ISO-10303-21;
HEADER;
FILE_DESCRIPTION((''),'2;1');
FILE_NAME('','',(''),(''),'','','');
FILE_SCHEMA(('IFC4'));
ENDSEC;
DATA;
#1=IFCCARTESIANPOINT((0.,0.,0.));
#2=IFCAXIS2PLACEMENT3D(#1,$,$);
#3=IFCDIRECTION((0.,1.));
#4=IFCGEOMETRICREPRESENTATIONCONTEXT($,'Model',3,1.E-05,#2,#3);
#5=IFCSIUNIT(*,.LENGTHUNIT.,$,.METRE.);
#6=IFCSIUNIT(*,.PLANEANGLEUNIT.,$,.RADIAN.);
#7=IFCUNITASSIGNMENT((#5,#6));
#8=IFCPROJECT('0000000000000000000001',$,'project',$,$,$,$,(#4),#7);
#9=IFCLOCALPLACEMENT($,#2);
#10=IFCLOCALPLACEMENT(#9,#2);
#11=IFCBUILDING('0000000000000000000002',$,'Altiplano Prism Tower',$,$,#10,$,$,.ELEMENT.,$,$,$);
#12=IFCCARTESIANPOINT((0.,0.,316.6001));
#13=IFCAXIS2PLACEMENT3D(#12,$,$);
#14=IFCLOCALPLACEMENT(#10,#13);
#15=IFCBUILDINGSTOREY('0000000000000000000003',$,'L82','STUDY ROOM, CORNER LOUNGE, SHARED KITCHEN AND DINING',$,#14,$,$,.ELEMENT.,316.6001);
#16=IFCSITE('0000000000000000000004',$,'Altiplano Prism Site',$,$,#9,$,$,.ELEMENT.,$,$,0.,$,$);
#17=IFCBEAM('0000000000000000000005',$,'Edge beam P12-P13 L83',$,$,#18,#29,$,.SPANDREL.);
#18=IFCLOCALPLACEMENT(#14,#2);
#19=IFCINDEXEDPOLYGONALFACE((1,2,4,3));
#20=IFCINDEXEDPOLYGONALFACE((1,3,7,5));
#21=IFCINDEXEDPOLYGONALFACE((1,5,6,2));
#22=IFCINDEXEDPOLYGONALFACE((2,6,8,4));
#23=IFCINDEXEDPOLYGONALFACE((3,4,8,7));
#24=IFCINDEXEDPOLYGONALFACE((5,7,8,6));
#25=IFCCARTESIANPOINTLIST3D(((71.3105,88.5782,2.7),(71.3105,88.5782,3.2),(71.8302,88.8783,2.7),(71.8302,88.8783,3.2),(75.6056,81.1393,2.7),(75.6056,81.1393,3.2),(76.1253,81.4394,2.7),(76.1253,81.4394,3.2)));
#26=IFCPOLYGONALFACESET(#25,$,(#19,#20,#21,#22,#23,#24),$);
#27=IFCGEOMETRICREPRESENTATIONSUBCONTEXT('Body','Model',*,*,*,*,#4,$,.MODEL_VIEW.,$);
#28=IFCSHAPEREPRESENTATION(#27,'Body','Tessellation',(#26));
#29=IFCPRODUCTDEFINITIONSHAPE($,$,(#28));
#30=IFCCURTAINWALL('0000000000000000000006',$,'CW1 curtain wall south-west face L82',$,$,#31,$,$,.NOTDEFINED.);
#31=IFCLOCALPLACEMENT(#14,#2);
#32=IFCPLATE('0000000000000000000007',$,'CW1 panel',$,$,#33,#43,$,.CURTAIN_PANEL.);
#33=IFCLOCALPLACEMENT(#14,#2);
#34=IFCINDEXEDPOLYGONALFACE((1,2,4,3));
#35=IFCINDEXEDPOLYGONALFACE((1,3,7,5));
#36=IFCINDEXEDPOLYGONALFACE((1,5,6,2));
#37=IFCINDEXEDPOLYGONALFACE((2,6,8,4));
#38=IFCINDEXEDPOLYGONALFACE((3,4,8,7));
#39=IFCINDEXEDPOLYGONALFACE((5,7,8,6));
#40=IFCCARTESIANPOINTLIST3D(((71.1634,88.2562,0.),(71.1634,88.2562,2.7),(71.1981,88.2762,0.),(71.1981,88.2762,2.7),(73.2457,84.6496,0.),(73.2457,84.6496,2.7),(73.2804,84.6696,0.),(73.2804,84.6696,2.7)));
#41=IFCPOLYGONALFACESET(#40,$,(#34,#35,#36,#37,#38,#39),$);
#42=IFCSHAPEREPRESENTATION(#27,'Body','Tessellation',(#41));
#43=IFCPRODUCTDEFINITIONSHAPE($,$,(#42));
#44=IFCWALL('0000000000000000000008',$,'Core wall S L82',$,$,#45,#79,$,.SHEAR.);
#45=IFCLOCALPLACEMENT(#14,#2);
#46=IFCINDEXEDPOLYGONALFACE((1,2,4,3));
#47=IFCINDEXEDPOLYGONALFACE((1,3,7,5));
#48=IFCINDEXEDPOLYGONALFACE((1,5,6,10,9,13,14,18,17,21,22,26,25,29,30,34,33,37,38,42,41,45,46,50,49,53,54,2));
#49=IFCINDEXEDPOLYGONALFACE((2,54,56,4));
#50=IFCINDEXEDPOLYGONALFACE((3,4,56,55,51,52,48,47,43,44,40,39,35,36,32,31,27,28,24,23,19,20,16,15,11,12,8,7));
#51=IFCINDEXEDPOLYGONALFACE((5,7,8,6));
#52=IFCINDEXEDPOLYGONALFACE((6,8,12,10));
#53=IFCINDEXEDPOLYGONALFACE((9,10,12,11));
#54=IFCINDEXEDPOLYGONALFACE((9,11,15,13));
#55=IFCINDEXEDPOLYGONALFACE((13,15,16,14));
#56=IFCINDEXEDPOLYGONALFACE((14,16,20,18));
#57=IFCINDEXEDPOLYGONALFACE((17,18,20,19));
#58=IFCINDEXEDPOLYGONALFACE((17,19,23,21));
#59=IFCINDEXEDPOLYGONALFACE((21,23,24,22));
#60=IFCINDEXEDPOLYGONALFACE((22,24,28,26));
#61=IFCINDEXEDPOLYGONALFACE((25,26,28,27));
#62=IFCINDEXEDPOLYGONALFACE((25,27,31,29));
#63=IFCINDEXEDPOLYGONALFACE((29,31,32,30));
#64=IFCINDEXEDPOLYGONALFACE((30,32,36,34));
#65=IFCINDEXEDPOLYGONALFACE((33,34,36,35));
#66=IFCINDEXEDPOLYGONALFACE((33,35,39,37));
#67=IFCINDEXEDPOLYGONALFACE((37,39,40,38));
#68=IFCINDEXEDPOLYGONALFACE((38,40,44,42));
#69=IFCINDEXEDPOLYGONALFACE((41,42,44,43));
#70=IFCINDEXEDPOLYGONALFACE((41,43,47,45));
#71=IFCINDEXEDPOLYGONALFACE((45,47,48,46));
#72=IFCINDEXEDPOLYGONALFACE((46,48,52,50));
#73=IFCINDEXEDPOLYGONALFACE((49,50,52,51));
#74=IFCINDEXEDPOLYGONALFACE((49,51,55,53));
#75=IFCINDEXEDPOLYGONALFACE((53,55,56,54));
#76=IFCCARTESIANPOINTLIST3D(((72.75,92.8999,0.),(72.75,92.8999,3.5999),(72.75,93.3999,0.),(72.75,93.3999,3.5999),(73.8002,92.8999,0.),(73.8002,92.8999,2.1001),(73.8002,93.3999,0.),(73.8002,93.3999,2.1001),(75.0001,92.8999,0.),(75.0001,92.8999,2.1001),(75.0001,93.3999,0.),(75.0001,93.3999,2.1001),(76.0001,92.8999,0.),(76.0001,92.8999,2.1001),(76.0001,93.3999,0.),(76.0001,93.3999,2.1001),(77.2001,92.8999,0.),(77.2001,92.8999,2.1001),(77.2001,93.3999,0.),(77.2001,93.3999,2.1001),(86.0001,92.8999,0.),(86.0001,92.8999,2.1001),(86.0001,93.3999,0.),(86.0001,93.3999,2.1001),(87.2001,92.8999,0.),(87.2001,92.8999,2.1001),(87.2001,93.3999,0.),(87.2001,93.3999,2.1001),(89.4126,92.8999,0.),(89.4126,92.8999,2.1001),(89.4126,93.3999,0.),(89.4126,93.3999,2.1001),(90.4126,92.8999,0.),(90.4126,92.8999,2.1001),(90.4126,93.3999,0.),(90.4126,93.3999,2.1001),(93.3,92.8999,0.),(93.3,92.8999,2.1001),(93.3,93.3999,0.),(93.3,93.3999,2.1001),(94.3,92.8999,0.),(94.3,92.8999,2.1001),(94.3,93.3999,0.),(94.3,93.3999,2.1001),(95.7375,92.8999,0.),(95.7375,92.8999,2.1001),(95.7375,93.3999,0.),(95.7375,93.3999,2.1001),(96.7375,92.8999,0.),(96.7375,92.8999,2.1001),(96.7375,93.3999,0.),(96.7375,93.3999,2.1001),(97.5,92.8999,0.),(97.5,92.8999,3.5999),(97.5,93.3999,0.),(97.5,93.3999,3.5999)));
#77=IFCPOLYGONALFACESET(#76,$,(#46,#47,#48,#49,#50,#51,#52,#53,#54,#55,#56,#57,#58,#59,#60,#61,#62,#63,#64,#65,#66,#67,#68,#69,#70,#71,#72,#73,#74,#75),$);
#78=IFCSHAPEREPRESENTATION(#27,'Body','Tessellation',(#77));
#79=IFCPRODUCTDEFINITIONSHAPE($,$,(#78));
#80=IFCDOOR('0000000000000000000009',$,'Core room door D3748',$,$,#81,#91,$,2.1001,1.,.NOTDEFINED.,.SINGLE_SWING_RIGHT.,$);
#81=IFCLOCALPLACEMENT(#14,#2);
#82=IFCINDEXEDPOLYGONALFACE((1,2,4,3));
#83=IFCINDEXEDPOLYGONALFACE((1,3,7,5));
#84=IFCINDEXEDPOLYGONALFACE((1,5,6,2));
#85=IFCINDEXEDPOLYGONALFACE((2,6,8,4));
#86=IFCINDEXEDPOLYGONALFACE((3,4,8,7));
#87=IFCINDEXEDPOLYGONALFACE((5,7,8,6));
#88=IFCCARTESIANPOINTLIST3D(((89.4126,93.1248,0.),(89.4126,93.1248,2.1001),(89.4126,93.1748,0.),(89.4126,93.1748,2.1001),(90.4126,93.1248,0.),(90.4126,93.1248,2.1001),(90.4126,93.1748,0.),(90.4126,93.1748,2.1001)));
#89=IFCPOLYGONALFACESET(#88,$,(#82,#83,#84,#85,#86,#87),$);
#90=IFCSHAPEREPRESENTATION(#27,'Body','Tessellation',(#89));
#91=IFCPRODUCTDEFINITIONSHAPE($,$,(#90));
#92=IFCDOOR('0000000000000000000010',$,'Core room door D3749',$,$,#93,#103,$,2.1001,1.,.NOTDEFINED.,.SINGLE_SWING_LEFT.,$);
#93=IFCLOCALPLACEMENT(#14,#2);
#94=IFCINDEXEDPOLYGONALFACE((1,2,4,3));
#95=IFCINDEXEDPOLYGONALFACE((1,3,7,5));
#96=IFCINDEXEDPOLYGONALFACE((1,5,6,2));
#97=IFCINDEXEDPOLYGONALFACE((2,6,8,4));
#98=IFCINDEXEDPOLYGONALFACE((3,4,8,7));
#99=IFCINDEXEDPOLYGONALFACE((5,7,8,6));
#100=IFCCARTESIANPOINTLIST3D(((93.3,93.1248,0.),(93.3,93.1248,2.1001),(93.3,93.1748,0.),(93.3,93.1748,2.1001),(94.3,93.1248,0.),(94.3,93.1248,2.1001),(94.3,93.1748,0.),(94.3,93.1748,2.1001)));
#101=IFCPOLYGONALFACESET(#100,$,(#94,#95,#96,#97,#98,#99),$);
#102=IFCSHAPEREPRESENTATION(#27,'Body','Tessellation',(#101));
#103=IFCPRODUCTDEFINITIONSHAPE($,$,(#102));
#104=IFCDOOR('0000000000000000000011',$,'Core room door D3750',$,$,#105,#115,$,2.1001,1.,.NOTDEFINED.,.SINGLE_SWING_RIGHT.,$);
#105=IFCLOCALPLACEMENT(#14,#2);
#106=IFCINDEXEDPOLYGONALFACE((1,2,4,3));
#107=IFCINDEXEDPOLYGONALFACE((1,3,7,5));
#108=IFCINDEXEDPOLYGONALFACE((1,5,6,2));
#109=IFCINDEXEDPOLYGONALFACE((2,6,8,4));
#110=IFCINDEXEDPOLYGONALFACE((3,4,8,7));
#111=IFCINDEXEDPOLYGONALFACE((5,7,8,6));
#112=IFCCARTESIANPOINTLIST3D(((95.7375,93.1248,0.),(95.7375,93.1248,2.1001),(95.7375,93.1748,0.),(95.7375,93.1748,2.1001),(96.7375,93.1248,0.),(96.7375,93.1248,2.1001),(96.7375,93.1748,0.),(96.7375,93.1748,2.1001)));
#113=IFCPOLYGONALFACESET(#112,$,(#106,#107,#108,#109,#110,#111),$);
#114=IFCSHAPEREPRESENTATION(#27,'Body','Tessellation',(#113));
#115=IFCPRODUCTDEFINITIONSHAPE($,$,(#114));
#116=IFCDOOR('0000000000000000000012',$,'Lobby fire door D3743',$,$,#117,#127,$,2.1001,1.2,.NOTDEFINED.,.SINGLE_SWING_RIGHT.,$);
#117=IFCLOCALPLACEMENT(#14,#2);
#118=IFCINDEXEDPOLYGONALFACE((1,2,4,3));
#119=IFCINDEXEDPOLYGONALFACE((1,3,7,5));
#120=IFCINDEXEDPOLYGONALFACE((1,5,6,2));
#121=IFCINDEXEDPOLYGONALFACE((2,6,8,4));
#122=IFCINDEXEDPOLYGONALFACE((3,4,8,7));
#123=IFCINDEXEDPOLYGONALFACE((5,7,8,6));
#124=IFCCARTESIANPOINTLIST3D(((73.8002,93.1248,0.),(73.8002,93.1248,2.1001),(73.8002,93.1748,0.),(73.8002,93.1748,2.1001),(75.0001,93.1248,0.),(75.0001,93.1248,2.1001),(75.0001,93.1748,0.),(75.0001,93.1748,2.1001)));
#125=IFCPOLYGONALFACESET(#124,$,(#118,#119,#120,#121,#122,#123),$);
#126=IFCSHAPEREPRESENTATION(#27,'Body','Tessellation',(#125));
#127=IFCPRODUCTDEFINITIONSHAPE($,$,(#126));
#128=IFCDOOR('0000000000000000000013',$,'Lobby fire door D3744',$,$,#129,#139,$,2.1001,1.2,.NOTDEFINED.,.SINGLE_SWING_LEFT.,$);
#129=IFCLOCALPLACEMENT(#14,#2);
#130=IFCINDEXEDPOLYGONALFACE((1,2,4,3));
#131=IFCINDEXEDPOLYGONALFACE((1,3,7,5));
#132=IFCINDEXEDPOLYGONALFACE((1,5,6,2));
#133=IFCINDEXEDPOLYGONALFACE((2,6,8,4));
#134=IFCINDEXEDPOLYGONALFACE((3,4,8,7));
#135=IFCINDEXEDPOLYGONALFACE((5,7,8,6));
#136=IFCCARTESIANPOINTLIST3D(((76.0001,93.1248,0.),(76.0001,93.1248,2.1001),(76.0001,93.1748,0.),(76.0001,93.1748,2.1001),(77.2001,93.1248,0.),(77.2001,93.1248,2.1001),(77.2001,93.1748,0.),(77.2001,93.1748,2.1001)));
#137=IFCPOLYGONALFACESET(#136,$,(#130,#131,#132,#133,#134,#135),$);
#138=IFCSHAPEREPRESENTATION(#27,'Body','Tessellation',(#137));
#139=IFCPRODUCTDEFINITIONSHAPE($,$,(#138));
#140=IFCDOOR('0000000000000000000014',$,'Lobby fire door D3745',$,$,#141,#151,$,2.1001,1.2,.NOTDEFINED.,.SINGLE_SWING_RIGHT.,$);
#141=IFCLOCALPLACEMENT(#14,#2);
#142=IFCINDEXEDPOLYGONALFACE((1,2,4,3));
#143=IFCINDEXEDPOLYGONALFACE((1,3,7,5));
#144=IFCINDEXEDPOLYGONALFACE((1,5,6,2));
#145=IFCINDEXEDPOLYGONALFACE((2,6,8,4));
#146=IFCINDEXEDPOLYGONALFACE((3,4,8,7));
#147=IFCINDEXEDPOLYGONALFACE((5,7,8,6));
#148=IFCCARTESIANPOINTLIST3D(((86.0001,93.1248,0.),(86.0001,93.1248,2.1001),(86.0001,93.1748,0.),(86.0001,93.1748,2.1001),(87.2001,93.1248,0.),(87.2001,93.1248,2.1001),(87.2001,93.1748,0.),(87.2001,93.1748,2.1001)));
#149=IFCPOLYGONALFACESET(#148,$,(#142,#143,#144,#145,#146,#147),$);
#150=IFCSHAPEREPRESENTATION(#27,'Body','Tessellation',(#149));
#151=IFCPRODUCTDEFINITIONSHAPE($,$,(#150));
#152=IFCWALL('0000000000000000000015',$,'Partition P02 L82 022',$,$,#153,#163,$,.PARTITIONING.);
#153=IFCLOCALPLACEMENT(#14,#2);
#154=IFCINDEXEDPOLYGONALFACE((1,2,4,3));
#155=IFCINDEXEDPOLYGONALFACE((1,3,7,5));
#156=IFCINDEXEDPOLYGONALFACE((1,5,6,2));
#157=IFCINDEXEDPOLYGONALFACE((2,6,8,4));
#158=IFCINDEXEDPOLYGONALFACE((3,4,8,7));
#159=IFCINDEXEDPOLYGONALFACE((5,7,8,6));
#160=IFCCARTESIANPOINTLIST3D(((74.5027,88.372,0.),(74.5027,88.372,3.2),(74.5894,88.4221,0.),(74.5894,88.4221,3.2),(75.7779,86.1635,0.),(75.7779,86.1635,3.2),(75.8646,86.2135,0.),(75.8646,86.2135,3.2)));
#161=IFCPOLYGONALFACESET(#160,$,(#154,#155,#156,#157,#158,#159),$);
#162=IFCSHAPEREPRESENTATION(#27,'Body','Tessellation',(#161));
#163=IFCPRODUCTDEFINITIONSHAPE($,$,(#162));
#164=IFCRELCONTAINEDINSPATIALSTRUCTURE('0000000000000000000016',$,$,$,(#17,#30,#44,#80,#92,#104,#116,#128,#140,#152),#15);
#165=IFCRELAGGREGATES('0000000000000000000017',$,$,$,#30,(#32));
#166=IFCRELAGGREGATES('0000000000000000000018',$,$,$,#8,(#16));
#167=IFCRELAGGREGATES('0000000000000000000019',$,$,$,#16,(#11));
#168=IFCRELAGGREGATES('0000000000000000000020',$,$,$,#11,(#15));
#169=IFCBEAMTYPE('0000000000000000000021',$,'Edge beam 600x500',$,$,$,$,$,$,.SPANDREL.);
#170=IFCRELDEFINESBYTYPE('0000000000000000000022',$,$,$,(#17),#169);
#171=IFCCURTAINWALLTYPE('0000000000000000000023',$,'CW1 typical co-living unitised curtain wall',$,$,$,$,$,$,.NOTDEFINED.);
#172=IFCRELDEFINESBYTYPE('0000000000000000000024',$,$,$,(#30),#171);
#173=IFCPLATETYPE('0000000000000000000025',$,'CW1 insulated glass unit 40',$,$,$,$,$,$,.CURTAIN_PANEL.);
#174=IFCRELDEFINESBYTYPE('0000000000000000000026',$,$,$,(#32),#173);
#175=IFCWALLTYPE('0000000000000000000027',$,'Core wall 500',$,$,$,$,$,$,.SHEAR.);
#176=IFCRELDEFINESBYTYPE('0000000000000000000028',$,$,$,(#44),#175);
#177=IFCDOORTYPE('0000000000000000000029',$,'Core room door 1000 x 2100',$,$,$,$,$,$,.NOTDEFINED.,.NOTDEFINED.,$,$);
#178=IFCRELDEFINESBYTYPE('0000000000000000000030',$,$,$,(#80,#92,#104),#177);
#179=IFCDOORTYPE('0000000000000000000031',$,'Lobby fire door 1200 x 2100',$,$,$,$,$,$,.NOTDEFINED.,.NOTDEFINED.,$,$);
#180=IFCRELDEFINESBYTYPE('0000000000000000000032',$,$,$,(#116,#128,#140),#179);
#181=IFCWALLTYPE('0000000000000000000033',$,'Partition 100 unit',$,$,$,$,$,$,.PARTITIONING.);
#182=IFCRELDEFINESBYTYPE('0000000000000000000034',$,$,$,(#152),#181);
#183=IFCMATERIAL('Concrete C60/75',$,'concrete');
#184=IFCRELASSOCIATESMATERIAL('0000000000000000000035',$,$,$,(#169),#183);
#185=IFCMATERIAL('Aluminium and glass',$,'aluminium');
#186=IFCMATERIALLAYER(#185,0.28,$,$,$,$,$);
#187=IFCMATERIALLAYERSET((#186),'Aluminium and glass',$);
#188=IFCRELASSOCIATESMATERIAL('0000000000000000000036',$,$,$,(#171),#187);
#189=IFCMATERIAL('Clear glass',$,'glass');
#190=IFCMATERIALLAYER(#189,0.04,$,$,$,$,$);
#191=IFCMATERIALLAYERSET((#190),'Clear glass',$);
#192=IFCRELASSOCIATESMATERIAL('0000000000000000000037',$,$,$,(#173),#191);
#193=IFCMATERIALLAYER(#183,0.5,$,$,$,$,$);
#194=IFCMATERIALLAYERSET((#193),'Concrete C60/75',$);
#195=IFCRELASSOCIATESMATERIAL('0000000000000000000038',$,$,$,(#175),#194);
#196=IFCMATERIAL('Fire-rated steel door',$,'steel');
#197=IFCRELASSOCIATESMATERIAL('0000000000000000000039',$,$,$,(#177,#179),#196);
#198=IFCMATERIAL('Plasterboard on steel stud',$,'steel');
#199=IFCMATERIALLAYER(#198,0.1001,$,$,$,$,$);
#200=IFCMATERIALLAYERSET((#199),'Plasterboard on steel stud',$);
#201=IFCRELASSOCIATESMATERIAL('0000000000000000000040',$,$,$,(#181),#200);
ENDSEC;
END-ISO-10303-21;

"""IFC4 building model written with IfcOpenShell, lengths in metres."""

from ifc_helpers import new_model, si_unit, direction, frame, frame_2d, origin, origin_2d, place, context, subcontext, project, spatial, rectangle, extrude, material, layer, layer_set, material_profile, profile_set, type_object, element, fill, aggregate, save


model = new_model("IFC4")

# Units and contexts
model_context = context("Model", 3, precision=1e-05, world=origin(), true_north=direction((0.0, 1.0)))
body_context = subcontext(model_context, "Body", "Model", "MODEL_VIEW")
ifc_project = project(units=[si_unit("LENGTHUNIT", "METRE"), si_unit("PLANEANGLEUNIT", "RADIAN")], contexts=[model_context])

# Site, building, storey
site_placement = place(None, origin())
site = spatial("IfcSite", under=ifc_project, at=site_placement, Name="Altiplano Prism Site", CompositionType="ELEMENT", RefElevation=0.0)
building_placement = place(site_placement, origin())
building = spatial("IfcBuilding", under=site, at=building_placement, Name="Altiplano Prism Tower", CompositionType="ELEMENT")
storey_placement = place(building_placement, frame((0.0, 0.0, 316.6001)))
storey = spatial("IfcBuildingStorey", under=building, at=storey_placement, Name="L82", Description="STUDY ROOM, CORNER LOUNGE, SHARED KITCHEN AND DINING", CompositionType="ELEMENT", Elevation=316.6001)

# Beam
ifc_material_1 = material(Name="Concrete C60/75", Category="concrete")
ifc_material_profile = material_profile(ifc_material_1, rectangle(XDim=0.6001, YDim=0.5, at=origin_2d()), Name="Edge beam 600x500")
ifc_profile_set = profile_set([ifc_material_profile], Name="Concrete C60/75")
beam_type = type_object("IfcBeamType", Name="Edge beam 600x500", PredefinedType="SPANDREL", material=ifc_profile_set)
beam_placement = place(storey_placement, frame((71.5703, 88.7283, 2.95), z_axis=(0.500024, -0.866011, 0.0), x_axis=(0.866011, 0.500024, 0.0)))
element("IfcBeam", 1, at=beam_placement, inside=storey, type_object=beam_type, Name="Edge beam P12-P13 L83", PredefinedType="SPANDREL", context=body_context, shape_type="SweptSolid", body=[
    extrude(rectangle(XDim=0.6001, YDim=0.5, at=origin_2d()), origin(), (0.0, 0.0, 1.0), 8.5898),
])

# Curtain wall, plate
ifc_material_2 = material(Name="Aluminium and glass", Category="aluminium")
ifc_layer_1 = layer(ifc_material_2, 0.28)
ifc_layer_set_1 = layer_set([ifc_layer_1], Name="Aluminium and glass")
curtain_wall_type = type_object("IfcCurtainWallType", Name="CW1 typical co-living unitised curtain wall", PredefinedType="NOTDEFINED", material=ifc_layer_set_1)
curtain_wall_placement = place(storey_placement, origin())
curtain_wall = element("IfcCurtainWall", 2, at=curtain_wall_placement, inside=storey, type_object=curtain_wall_type, Name="CW1 curtain wall south-west face L82", PredefinedType="NOTDEFINED")
ifc_material_3 = material(Name="Clear glass", Category="glass")
ifc_layer_2 = layer(ifc_material_3, 0.04)
ifc_layer_set_2 = layer_set([ifc_layer_2], Name="Clear glass")
plate_type = type_object("IfcPlateType", Name="CW1 insulated glass unit 40", PredefinedType="CURTAIN_PANEL", material=ifc_layer_set_2)
plate_placement = place(storey_placement, frame((72.2219, 86.4629, 0.0), z_axis=(0.0, 0.0, 1.0), x_axis=(0.5, -0.866025, 0.0)))
plate = element("IfcPlate", 3, at=plate_placement, type_object=plate_type, Name="CW1 panel", PredefinedType="CURTAIN_PANEL", context=body_context, shape_type="SweptSolid", body=[
    extrude(rectangle(XDim=4.1646, YDim=0.04, at=origin_2d()), origin(), (0.0, 0.0, 1.0), 2.7),
])
aggregate(curtain_wall, [plate])

# Wall, openings, doors
ifc_layer_3 = layer(ifc_material_1, 0.5)
ifc_layer_set_3 = layer_set([ifc_layer_3], Name="Concrete C60/75")
wall_type_1 = type_object("IfcWallType", Name="Core wall 500", PredefinedType="SHEAR", material=ifc_layer_set_3)
wall_1_placement = place(storey_placement, frame((72.75, 93.1499, 0.0), z_axis=(0.0, 0.0, 1.0), x_axis=(1.0, 0.0, 0.0)))
wall_1 = element("IfcWall", 4, at=wall_1_placement, inside=storey, type_object=wall_type_1, Name="Core wall S L82", PredefinedType="SHEAR", context=body_context, shape_type="SweptSolid", body=[
    extrude(rectangle(XDim=24.75, YDim=0.5, at=frame_2d((12.375, 0.0))), origin(), (0.0, 0.0, 1.0), 3.5999),
])
opening_1_placement = place(wall_1_placement, frame((1.05, 0.0, 0.0)))
opening_1 = element("IfcOpeningElement", 5, at=opening_1_placement, cuts=wall_1, PredefinedType="OPENING", context=body_context, shape_type="SweptSolid", body=[
    extrude(rectangle(XDim=1.2, YDim=2.1001, at=frame_2d((0.6001, 1.05))), frame((0.0, 0.2605, 0.0), z_axis=(0.0, -1.0, 0.0), x_axis=(1.0, 0.0, 0.0)), (0.0, 0.0, 1.0), 0.521),
])
opening_2_placement = place(wall_1_placement, frame((3.25, 0.0, 0.0)))
opening_2 = element("IfcOpeningElement", 6, at=opening_2_placement, cuts=wall_1, PredefinedType="OPENING", context=body_context, shape_type="SweptSolid", body=[
    extrude(rectangle(XDim=1.2, YDim=2.1001, at=frame_2d((0.6001, 1.05))), frame((0.0, 0.2605, 0.0), z_axis=(0.0, -1.0, 0.0), x_axis=(1.0, 0.0, 0.0)), (0.0, 0.0, 1.0), 0.521),
])
opening_3_placement = place(wall_1_placement, frame((13.25, 0.0, 0.0)))
opening_3 = element("IfcOpeningElement", 7, at=opening_3_placement, cuts=wall_1, PredefinedType="OPENING", context=body_context, shape_type="SweptSolid", body=[
    extrude(rectangle(XDim=1.2, YDim=2.1001, at=frame_2d((0.6001, 1.05))), frame((0.0, 0.2605, 0.0), z_axis=(0.0, -1.0, 0.0), x_axis=(1.0, 0.0, 0.0)), (0.0, 0.0, 1.0), 0.521),
])
opening_4_placement = place(wall_1_placement, frame((16.6626, 0.0, 0.0)))
opening_4 = element("IfcOpeningElement", 8, at=opening_4_placement, cuts=wall_1, PredefinedType="OPENING", context=body_context, shape_type="SweptSolid", body=[
    extrude(rectangle(XDim=1.0, YDim=2.1001, at=frame_2d((0.5, 1.05))), frame((0.0, 0.2605, 0.0), z_axis=(0.0, -1.0, 0.0), x_axis=(1.0, 0.0, 0.0)), (0.0, 0.0, 1.0), 0.521),
])
opening_5_placement = place(wall_1_placement, frame((20.55, 0.0, 0.0)))
opening_5 = element("IfcOpeningElement", 9, at=opening_5_placement, cuts=wall_1, PredefinedType="OPENING", context=body_context, shape_type="SweptSolid", body=[
    extrude(rectangle(XDim=1.0, YDim=2.1001, at=frame_2d((0.5, 1.05))), frame((0.0, 0.2605, 0.0), z_axis=(0.0, -1.0, 0.0), x_axis=(1.0, 0.0, 0.0)), (0.0, 0.0, 1.0), 0.521),
])
opening_6_placement = place(wall_1_placement, frame((22.9875, 0.0, 0.0)))
opening_6 = element("IfcOpeningElement", 10, at=opening_6_placement, cuts=wall_1, PredefinedType="OPENING", context=body_context, shape_type="SweptSolid", body=[
    extrude(rectangle(XDim=1.0, YDim=2.1001, at=frame_2d((0.5, 1.05))), frame((0.0, 0.2605, 0.0), z_axis=(0.0, -1.0, 0.0), x_axis=(1.0, 0.0, 0.0)), (0.0, 0.0, 1.0), 0.521),
])
ifc_material_4 = material(Name="Fire-rated steel door", Category="steel")
door_type_1 = type_object("IfcDoorType", Name="Core room door 1000 x 2100", OperationType="NOTDEFINED", PredefinedType="NOTDEFINED", material=ifc_material_4)
door_1_placement = place(opening_4_placement, origin())
door_1 = element("IfcDoor", 11, at=door_1_placement, inside=storey, type_object=door_type_1, Name="Core room door D3748", OperationType="SINGLE_SWING_RIGHT", OverallHeight=2.1001, OverallWidth=1.0, PredefinedType="NOTDEFINED", context=body_context, shape_type="SweptSolid", body=[
    extrude(rectangle(XDim=1.0, YDim=2.1001, at=frame_2d((0.5, 1.05))), frame((0.0, 0.0249, 0.0), z_axis=(0.0, -1.0, 0.0), x_axis=(1.0, 0.0, 0.0)), (0.0, 0.0, 1.0), 0.05),
])
fill(opening_4, door_1)
door_2_placement = place(opening_5_placement, origin())
door_2 = element("IfcDoor", 12, at=door_2_placement, inside=storey, type_object=door_type_1, Name="Core room door D3749", OperationType="SINGLE_SWING_LEFT", OverallHeight=2.1001, OverallWidth=1.0, PredefinedType="NOTDEFINED", context=body_context, shape_type="SweptSolid", body=[
    extrude(rectangle(XDim=1.0, YDim=2.1001, at=frame_2d((0.5, 1.05))), frame((0.0, 0.0249, 0.0), z_axis=(0.0, -1.0, 0.0), x_axis=(1.0, 0.0, 0.0)), (0.0, 0.0, 1.0), 0.05),
])
fill(opening_5, door_2)
door_3_placement = place(opening_6_placement, origin())
door_3 = element("IfcDoor", 13, at=door_3_placement, inside=storey, type_object=door_type_1, Name="Core room door D3750", OperationType="SINGLE_SWING_RIGHT", OverallHeight=2.1001, OverallWidth=1.0, PredefinedType="NOTDEFINED", context=body_context, shape_type="SweptSolid", body=[
    extrude(rectangle(XDim=1.0, YDim=2.1001, at=frame_2d((0.5, 1.05))), frame((0.0, 0.0249, 0.0), z_axis=(0.0, -1.0, 0.0), x_axis=(1.0, 0.0, 0.0)), (0.0, 0.0, 1.0), 0.05),
])
fill(opening_6, door_3)
door_type_2 = type_object("IfcDoorType", Name="Lobby fire door 1200 x 2100", OperationType="NOTDEFINED", PredefinedType="NOTDEFINED", material=ifc_material_4)
door_4_placement = place(opening_1_placement, origin())
door_4 = element("IfcDoor", 14, at=door_4_placement, inside=storey, type_object=door_type_2, Name="Lobby fire door D3743", OperationType="SINGLE_SWING_RIGHT", OverallHeight=2.1001, OverallWidth=1.2, PredefinedType="NOTDEFINED", context=body_context, shape_type="SweptSolid", body=[
    extrude(rectangle(XDim=1.2, YDim=2.1001, at=frame_2d((0.6001, 1.05))), frame((0.0, 0.0249, 0.0), z_axis=(0.0, -1.0, 0.0), x_axis=(1.0, 0.0, 0.0)), (0.0, 0.0, 1.0), 0.05),
])
fill(opening_1, door_4)
door_5_placement = place(opening_2_placement, origin())
door_5 = element("IfcDoor", 15, at=door_5_placement, inside=storey, type_object=door_type_2, Name="Lobby fire door D3744", OperationType="SINGLE_SWING_LEFT", OverallHeight=2.1001, OverallWidth=1.2, PredefinedType="NOTDEFINED", context=body_context, shape_type="SweptSolid", body=[
    extrude(rectangle(XDim=1.2, YDim=2.1001, at=frame_2d((0.6001, 1.05))), frame((0.0, 0.0249, 0.0), z_axis=(0.0, -1.0, 0.0), x_axis=(1.0, 0.0, 0.0)), (0.0, 0.0, 1.0), 0.05),
])
fill(opening_2, door_5)
door_6_placement = place(opening_3_placement, origin())
door_6 = element("IfcDoor", 16, at=door_6_placement, inside=storey, type_object=door_type_2, Name="Lobby fire door D3745", OperationType="SINGLE_SWING_RIGHT", OverallHeight=2.1001, OverallWidth=1.2, PredefinedType="NOTDEFINED", context=body_context, shape_type="SweptSolid", body=[
    extrude(rectangle(XDim=1.2, YDim=2.1001, at=frame_2d((0.6001, 1.05))), frame((0.0, 0.0249, 0.0), z_axis=(0.0, -1.0, 0.0), x_axis=(1.0, 0.0, 0.0)), (0.0, 0.0, 1.0), 0.05),
])
fill(opening_3, door_6)

# Wall
ifc_material_5 = material(Name="Plasterboard on steel stud", Category="steel")
ifc_layer_4 = layer(ifc_material_5, 0.1001)
ifc_layer_set_4 = layer_set([ifc_layer_4], Name="Plasterboard on steel stud")
wall_type_2 = type_object("IfcWallType", Name="Partition 100 unit", PredefinedType="PARTITIONING", material=ifc_layer_set_4)
wall_2_placement = place(storey_placement, frame((75.8213, 86.1885, 0.0), z_axis=(0.0, 0.0, 1.0), x_axis=(-0.500021, 0.866013, 0.0)))
element("IfcWall", 17, at=wall_2_placement, inside=storey, type_object=wall_type_2, Name="Partition P02 L82 022", PredefinedType="PARTITIONING", context=body_context, shape_type="SweptSolid", body=[
    extrude(rectangle(XDim=2.5503, YDim=0.1001, at=frame_2d((1.2751, 0.0))), origin(), (0.0, 0.0, 1.0), 3.2),
])

save(model, "model.ifc")
